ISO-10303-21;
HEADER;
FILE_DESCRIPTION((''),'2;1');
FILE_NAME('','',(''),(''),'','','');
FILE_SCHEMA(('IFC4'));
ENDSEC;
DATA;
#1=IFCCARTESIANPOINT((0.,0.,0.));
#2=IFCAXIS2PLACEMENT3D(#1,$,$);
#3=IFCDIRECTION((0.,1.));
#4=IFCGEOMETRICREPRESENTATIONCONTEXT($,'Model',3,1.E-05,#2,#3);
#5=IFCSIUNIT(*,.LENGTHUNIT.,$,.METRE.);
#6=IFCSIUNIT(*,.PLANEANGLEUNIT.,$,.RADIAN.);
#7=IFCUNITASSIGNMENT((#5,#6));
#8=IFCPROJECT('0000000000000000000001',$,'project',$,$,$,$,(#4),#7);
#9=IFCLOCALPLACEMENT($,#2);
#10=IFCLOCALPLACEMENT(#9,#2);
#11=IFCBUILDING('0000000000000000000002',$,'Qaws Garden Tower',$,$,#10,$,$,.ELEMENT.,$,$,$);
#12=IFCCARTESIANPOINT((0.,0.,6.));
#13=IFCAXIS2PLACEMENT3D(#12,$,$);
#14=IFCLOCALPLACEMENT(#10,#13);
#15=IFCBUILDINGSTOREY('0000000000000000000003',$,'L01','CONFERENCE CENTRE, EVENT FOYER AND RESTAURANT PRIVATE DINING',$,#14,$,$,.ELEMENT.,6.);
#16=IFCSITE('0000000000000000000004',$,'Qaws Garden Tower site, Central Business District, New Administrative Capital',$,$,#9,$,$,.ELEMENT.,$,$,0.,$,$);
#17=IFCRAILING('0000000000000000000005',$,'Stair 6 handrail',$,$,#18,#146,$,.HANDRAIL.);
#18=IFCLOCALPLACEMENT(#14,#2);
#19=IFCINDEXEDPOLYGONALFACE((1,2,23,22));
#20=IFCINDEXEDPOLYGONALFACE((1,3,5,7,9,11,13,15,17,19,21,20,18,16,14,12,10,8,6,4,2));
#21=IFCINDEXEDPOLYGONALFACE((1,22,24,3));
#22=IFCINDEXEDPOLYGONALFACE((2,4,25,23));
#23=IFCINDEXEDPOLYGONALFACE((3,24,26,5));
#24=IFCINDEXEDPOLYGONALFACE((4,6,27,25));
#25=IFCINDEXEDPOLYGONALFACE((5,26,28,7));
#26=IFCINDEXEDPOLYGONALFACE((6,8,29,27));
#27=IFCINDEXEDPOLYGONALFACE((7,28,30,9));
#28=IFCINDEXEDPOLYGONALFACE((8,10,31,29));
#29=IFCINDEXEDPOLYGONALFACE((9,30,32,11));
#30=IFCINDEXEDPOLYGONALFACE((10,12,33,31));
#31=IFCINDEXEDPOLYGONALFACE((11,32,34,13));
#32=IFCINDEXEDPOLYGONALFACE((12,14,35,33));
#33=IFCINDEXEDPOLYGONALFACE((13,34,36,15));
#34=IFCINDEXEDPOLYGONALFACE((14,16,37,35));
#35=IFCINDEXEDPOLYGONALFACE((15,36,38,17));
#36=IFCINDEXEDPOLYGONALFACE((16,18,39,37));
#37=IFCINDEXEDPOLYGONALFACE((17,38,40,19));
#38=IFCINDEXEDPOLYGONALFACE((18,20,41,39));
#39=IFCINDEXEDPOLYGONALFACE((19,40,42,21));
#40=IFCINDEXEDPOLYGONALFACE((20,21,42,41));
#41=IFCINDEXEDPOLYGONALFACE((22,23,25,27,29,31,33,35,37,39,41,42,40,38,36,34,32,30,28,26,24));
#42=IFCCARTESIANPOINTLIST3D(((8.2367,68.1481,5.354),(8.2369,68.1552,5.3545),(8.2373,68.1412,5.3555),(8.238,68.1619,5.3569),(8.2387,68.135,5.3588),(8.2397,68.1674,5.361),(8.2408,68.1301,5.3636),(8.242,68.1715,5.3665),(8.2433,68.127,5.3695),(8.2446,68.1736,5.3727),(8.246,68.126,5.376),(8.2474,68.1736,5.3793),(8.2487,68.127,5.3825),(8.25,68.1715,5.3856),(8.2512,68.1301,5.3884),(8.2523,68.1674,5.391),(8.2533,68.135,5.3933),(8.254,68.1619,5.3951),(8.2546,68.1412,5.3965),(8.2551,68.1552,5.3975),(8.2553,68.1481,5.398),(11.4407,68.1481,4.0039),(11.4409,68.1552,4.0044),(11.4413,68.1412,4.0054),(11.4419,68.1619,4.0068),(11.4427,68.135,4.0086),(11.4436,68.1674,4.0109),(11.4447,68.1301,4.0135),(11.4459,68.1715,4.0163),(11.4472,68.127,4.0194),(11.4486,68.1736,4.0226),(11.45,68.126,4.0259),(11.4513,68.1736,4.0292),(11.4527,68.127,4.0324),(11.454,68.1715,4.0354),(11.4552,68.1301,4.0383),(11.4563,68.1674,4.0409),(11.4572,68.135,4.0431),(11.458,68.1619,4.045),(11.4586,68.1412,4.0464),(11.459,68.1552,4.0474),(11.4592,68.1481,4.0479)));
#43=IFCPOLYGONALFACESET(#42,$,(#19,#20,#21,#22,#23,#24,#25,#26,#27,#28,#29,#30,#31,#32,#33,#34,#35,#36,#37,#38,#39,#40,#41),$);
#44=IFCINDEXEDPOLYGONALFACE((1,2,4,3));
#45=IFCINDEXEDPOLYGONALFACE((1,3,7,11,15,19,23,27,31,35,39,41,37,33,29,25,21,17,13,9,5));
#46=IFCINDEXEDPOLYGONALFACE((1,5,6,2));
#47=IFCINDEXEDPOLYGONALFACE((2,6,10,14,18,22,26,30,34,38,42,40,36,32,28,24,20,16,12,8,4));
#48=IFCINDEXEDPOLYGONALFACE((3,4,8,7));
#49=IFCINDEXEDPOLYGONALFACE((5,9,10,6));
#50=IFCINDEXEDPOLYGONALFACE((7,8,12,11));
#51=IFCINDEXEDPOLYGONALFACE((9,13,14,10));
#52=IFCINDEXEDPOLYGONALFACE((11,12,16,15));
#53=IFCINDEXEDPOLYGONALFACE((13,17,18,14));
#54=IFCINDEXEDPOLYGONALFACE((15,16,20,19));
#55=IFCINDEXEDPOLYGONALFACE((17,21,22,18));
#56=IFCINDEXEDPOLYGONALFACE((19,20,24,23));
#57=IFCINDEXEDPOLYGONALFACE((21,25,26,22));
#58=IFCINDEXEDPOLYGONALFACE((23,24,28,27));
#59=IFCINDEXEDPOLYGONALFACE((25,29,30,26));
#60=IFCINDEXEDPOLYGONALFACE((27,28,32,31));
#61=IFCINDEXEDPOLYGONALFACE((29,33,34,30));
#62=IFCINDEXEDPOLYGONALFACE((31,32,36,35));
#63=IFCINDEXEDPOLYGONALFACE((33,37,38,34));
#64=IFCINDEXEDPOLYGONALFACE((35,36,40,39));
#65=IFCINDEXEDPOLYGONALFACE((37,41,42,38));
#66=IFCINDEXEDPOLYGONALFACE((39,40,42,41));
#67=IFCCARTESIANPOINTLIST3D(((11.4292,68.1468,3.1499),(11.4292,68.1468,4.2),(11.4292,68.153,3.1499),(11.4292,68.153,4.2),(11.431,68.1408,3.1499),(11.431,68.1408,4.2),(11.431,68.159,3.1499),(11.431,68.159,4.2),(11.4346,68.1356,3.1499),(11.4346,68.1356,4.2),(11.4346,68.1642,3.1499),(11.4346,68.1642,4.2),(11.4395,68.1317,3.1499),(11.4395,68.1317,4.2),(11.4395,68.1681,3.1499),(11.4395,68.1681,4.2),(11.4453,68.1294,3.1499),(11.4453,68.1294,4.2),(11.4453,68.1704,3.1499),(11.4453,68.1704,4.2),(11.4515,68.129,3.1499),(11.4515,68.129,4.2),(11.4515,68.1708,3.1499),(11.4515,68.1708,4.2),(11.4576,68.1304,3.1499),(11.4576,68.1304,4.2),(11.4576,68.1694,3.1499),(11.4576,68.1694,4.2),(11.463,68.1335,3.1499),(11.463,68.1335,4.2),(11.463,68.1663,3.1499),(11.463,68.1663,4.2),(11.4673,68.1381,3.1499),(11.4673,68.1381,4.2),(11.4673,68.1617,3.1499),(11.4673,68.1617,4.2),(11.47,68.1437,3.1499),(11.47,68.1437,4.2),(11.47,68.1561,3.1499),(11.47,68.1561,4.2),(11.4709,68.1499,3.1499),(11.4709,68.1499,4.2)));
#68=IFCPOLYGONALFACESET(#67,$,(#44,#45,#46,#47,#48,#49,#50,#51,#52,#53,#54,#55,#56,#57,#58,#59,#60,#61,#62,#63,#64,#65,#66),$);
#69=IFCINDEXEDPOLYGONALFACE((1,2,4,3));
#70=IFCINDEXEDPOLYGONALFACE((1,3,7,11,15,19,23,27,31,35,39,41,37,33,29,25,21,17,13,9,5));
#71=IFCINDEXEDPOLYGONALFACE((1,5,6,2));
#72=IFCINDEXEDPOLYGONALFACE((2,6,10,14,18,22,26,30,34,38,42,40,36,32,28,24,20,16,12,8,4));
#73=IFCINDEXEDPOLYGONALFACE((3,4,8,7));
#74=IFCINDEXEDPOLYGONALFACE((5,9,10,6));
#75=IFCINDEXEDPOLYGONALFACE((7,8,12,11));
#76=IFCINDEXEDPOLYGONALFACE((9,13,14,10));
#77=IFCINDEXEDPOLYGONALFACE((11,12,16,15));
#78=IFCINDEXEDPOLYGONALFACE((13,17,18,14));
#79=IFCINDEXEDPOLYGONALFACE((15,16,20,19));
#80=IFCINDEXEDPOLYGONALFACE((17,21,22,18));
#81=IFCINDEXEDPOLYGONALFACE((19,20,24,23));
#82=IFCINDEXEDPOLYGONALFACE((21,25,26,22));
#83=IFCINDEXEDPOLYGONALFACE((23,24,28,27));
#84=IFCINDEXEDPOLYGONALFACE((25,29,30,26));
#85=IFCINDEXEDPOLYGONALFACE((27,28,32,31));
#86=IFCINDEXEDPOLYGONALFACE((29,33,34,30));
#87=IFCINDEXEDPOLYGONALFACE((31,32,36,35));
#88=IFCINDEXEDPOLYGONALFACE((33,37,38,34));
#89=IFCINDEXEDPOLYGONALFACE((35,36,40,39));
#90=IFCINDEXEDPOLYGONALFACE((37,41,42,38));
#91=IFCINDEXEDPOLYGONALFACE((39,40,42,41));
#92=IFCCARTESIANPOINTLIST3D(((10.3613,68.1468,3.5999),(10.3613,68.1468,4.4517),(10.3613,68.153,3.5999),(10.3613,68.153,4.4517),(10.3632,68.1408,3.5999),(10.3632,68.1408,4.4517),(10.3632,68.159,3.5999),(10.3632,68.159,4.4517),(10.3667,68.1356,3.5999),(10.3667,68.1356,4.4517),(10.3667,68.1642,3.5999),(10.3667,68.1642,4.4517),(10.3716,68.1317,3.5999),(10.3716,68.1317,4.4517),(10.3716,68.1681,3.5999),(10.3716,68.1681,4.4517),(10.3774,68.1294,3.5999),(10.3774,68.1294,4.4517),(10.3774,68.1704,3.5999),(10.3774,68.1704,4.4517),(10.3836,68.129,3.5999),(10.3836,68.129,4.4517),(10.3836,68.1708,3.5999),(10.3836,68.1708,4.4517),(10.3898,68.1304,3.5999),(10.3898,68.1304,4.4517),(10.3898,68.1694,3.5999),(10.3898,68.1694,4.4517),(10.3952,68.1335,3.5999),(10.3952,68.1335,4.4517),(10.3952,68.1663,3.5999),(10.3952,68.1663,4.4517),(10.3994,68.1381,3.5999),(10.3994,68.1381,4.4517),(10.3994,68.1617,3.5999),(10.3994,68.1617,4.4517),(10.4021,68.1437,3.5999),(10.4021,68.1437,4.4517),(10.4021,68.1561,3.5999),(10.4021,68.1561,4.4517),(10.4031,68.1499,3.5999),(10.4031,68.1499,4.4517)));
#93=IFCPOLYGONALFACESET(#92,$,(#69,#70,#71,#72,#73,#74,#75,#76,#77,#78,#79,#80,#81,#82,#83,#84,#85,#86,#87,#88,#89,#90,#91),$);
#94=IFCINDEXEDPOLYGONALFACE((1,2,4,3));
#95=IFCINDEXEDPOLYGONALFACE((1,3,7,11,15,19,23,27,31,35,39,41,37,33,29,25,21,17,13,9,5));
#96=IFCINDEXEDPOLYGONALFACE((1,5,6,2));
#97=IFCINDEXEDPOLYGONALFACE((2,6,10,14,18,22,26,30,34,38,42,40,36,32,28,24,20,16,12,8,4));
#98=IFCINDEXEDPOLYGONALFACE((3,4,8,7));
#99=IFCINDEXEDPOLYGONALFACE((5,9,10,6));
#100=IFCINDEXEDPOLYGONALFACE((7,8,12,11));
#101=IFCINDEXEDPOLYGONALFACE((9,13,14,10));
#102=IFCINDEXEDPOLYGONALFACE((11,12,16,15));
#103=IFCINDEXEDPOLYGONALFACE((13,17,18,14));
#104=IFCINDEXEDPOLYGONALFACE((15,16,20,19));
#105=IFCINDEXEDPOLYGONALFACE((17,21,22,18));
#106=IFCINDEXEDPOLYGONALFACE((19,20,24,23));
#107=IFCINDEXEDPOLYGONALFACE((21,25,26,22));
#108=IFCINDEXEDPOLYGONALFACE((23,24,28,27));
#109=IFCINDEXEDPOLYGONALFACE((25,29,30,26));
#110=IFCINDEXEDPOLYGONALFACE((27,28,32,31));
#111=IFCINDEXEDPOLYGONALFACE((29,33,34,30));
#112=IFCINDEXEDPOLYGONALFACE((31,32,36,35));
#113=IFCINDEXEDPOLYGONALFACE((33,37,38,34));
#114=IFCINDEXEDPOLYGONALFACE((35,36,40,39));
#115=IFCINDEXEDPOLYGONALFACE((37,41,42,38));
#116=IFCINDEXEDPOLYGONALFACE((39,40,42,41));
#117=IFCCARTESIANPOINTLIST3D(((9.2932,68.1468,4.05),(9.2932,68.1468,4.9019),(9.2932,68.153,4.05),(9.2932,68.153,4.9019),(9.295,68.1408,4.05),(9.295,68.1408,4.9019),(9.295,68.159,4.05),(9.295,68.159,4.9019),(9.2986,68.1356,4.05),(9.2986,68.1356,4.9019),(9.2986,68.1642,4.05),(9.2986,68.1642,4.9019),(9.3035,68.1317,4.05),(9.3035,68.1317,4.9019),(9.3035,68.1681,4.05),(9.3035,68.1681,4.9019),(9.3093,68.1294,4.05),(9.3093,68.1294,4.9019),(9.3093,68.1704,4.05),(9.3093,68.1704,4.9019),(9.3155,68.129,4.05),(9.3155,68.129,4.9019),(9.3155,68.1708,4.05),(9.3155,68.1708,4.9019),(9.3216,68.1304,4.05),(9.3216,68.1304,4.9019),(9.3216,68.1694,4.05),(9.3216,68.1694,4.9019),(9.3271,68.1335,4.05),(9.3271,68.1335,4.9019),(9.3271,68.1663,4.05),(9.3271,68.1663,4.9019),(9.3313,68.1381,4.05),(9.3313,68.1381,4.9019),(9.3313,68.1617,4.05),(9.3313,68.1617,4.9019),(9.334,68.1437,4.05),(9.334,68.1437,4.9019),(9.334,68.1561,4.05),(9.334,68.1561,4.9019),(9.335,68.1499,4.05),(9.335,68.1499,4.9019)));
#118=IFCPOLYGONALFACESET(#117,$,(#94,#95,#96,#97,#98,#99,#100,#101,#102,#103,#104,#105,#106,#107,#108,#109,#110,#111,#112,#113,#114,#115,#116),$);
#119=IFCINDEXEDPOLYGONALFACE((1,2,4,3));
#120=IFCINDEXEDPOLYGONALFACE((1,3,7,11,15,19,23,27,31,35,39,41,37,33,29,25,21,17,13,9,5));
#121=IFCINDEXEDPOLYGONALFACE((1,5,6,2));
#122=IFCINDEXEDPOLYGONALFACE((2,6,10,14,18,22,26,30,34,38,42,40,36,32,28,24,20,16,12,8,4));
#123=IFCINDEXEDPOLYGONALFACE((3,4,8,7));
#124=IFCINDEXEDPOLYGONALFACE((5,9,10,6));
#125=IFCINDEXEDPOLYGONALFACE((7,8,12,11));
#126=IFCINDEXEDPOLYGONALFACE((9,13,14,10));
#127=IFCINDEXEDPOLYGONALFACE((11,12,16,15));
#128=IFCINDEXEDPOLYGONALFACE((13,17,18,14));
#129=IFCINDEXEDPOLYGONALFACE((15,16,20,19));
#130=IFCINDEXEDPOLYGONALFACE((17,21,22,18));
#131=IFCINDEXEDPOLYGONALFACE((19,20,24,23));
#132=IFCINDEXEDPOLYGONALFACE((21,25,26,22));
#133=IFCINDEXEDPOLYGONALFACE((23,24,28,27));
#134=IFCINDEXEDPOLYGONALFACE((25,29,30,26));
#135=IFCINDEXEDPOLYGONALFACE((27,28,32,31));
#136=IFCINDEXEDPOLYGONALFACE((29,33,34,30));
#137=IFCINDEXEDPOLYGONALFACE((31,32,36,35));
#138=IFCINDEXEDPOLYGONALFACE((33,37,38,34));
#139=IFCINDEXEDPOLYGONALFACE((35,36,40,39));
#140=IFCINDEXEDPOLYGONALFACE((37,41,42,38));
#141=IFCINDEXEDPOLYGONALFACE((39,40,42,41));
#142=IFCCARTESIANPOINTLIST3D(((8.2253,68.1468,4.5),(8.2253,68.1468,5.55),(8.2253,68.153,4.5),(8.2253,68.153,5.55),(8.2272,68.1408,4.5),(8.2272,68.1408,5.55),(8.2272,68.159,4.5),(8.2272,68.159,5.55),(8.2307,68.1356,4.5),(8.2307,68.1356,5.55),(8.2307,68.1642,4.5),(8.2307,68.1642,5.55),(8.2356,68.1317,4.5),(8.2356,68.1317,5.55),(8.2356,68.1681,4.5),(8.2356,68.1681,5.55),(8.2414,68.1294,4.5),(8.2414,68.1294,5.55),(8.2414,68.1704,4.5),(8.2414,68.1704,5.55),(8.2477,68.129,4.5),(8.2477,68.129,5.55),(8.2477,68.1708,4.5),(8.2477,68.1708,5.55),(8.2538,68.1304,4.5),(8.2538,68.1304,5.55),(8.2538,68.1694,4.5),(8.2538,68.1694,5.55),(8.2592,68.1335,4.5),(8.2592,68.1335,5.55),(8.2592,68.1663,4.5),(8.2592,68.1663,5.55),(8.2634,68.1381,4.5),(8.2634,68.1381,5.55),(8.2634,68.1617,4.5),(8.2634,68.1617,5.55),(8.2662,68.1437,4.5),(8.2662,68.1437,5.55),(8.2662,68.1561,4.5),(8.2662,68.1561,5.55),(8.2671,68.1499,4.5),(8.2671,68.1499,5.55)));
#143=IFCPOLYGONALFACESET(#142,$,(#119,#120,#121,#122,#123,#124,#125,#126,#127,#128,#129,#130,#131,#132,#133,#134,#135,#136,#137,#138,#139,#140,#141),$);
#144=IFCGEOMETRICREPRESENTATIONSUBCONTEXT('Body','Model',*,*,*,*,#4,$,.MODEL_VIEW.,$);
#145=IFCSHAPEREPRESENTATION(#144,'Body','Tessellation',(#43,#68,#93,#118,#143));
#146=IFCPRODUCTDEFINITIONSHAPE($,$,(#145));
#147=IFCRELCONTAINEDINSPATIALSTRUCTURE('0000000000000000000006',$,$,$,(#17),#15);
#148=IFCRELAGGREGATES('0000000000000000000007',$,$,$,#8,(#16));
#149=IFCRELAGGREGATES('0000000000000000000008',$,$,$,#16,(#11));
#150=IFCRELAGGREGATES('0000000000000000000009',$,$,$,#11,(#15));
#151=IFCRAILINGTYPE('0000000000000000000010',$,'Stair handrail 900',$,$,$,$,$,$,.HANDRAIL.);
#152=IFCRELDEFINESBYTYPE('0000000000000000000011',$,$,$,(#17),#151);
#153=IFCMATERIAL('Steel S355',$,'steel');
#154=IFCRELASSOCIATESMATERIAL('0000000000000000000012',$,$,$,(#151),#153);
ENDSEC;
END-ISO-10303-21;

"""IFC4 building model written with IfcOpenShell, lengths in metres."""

from ifc_helpers import new_model, si_unit, direction, frame, origin, origin_2d, place, context, subcontext, project, spatial, circle, extrude, material, type_object, element, save


model = new_model("IFC4")

# Units and contexts
model_context = context("Model", 3, precision=1e-05, world=origin(), true_north=direction((0.0, 1.0)))
body_context = subcontext(model_context, "Body", "Model", "MODEL_VIEW")
ifc_project = project(units=[si_unit("LENGTHUNIT", "METRE"), si_unit("PLANEANGLEUNIT", "RADIAN")], contexts=[model_context])

# Site, building, storey
site_placement = place(None, origin())
site = spatial("IfcSite", under=ifc_project, at=site_placement, Name="Qaws Garden Tower site, Central Business District, New Administrative Capital", CompositionType="ELEMENT", RefElevation=0.0)
building_placement = place(site_placement, origin())
building = spatial("IfcBuilding", under=site, at=building_placement, Name="Qaws Garden Tower", CompositionType="ELEMENT")
storey_placement = place(building_placement, frame((0.0, 0.0, 6.0)))
storey = spatial("IfcBuildingStorey", under=building, at=storey_placement, Name="L01", Description="CONFERENCE CENTRE, EVENT FOYER AND RESTAURANT PRIVATE DINING", CompositionType="ELEMENT", Elevation=6.0)

# Railing
ifc_material_1 = material(Name="Steel S355", Category="steel")
railing_type = type_object("IfcRailingType", Name="Stair handrail 900", PredefinedType="HANDRAIL", material=ifc_material_1)
railing_1_placement = place(storey_placement, frame((11.45, 68.1499, 3.1499)))
element("IfcRailing", 1, at=railing_1_placement, inside=storey, type_object=railing_type, Name="Stair 6 handrail", PredefinedType="HANDRAIL", context=body_context, shape_type="SweptSolid", body=[
    extrude(circle(Radius=0.0239, at=origin_2d()), frame((0.0, 0.0, 0.876), z_axis=(-0.921522, 0.0, 0.388327), x_axis=(0.0, -1.0, 0.0)), (0.0, 0.0, 1.0), 3.4768),
    extrude(circle(Radius=0.021, at=origin_2d()), origin(), (0.0, 0.0, 1.0), 1.05),
    extrude(circle(Radius=0.021, at=origin_2d()), frame((-1.0679, 0.0, 0.45)), (0.0, 0.0, 1.0), 0.8518),
    extrude(circle(Radius=0.021, at=origin_2d()), frame((-2.136, 0.0, 0.9001)), (0.0, 0.0, 1.0), 0.8518),
    extrude(circle(Radius=0.021, at=origin_2d()), frame((-3.2039, 0.0, 1.3501)), (0.0, 0.0, 1.0), 1.05),
])

save(model, "model.ifc")
